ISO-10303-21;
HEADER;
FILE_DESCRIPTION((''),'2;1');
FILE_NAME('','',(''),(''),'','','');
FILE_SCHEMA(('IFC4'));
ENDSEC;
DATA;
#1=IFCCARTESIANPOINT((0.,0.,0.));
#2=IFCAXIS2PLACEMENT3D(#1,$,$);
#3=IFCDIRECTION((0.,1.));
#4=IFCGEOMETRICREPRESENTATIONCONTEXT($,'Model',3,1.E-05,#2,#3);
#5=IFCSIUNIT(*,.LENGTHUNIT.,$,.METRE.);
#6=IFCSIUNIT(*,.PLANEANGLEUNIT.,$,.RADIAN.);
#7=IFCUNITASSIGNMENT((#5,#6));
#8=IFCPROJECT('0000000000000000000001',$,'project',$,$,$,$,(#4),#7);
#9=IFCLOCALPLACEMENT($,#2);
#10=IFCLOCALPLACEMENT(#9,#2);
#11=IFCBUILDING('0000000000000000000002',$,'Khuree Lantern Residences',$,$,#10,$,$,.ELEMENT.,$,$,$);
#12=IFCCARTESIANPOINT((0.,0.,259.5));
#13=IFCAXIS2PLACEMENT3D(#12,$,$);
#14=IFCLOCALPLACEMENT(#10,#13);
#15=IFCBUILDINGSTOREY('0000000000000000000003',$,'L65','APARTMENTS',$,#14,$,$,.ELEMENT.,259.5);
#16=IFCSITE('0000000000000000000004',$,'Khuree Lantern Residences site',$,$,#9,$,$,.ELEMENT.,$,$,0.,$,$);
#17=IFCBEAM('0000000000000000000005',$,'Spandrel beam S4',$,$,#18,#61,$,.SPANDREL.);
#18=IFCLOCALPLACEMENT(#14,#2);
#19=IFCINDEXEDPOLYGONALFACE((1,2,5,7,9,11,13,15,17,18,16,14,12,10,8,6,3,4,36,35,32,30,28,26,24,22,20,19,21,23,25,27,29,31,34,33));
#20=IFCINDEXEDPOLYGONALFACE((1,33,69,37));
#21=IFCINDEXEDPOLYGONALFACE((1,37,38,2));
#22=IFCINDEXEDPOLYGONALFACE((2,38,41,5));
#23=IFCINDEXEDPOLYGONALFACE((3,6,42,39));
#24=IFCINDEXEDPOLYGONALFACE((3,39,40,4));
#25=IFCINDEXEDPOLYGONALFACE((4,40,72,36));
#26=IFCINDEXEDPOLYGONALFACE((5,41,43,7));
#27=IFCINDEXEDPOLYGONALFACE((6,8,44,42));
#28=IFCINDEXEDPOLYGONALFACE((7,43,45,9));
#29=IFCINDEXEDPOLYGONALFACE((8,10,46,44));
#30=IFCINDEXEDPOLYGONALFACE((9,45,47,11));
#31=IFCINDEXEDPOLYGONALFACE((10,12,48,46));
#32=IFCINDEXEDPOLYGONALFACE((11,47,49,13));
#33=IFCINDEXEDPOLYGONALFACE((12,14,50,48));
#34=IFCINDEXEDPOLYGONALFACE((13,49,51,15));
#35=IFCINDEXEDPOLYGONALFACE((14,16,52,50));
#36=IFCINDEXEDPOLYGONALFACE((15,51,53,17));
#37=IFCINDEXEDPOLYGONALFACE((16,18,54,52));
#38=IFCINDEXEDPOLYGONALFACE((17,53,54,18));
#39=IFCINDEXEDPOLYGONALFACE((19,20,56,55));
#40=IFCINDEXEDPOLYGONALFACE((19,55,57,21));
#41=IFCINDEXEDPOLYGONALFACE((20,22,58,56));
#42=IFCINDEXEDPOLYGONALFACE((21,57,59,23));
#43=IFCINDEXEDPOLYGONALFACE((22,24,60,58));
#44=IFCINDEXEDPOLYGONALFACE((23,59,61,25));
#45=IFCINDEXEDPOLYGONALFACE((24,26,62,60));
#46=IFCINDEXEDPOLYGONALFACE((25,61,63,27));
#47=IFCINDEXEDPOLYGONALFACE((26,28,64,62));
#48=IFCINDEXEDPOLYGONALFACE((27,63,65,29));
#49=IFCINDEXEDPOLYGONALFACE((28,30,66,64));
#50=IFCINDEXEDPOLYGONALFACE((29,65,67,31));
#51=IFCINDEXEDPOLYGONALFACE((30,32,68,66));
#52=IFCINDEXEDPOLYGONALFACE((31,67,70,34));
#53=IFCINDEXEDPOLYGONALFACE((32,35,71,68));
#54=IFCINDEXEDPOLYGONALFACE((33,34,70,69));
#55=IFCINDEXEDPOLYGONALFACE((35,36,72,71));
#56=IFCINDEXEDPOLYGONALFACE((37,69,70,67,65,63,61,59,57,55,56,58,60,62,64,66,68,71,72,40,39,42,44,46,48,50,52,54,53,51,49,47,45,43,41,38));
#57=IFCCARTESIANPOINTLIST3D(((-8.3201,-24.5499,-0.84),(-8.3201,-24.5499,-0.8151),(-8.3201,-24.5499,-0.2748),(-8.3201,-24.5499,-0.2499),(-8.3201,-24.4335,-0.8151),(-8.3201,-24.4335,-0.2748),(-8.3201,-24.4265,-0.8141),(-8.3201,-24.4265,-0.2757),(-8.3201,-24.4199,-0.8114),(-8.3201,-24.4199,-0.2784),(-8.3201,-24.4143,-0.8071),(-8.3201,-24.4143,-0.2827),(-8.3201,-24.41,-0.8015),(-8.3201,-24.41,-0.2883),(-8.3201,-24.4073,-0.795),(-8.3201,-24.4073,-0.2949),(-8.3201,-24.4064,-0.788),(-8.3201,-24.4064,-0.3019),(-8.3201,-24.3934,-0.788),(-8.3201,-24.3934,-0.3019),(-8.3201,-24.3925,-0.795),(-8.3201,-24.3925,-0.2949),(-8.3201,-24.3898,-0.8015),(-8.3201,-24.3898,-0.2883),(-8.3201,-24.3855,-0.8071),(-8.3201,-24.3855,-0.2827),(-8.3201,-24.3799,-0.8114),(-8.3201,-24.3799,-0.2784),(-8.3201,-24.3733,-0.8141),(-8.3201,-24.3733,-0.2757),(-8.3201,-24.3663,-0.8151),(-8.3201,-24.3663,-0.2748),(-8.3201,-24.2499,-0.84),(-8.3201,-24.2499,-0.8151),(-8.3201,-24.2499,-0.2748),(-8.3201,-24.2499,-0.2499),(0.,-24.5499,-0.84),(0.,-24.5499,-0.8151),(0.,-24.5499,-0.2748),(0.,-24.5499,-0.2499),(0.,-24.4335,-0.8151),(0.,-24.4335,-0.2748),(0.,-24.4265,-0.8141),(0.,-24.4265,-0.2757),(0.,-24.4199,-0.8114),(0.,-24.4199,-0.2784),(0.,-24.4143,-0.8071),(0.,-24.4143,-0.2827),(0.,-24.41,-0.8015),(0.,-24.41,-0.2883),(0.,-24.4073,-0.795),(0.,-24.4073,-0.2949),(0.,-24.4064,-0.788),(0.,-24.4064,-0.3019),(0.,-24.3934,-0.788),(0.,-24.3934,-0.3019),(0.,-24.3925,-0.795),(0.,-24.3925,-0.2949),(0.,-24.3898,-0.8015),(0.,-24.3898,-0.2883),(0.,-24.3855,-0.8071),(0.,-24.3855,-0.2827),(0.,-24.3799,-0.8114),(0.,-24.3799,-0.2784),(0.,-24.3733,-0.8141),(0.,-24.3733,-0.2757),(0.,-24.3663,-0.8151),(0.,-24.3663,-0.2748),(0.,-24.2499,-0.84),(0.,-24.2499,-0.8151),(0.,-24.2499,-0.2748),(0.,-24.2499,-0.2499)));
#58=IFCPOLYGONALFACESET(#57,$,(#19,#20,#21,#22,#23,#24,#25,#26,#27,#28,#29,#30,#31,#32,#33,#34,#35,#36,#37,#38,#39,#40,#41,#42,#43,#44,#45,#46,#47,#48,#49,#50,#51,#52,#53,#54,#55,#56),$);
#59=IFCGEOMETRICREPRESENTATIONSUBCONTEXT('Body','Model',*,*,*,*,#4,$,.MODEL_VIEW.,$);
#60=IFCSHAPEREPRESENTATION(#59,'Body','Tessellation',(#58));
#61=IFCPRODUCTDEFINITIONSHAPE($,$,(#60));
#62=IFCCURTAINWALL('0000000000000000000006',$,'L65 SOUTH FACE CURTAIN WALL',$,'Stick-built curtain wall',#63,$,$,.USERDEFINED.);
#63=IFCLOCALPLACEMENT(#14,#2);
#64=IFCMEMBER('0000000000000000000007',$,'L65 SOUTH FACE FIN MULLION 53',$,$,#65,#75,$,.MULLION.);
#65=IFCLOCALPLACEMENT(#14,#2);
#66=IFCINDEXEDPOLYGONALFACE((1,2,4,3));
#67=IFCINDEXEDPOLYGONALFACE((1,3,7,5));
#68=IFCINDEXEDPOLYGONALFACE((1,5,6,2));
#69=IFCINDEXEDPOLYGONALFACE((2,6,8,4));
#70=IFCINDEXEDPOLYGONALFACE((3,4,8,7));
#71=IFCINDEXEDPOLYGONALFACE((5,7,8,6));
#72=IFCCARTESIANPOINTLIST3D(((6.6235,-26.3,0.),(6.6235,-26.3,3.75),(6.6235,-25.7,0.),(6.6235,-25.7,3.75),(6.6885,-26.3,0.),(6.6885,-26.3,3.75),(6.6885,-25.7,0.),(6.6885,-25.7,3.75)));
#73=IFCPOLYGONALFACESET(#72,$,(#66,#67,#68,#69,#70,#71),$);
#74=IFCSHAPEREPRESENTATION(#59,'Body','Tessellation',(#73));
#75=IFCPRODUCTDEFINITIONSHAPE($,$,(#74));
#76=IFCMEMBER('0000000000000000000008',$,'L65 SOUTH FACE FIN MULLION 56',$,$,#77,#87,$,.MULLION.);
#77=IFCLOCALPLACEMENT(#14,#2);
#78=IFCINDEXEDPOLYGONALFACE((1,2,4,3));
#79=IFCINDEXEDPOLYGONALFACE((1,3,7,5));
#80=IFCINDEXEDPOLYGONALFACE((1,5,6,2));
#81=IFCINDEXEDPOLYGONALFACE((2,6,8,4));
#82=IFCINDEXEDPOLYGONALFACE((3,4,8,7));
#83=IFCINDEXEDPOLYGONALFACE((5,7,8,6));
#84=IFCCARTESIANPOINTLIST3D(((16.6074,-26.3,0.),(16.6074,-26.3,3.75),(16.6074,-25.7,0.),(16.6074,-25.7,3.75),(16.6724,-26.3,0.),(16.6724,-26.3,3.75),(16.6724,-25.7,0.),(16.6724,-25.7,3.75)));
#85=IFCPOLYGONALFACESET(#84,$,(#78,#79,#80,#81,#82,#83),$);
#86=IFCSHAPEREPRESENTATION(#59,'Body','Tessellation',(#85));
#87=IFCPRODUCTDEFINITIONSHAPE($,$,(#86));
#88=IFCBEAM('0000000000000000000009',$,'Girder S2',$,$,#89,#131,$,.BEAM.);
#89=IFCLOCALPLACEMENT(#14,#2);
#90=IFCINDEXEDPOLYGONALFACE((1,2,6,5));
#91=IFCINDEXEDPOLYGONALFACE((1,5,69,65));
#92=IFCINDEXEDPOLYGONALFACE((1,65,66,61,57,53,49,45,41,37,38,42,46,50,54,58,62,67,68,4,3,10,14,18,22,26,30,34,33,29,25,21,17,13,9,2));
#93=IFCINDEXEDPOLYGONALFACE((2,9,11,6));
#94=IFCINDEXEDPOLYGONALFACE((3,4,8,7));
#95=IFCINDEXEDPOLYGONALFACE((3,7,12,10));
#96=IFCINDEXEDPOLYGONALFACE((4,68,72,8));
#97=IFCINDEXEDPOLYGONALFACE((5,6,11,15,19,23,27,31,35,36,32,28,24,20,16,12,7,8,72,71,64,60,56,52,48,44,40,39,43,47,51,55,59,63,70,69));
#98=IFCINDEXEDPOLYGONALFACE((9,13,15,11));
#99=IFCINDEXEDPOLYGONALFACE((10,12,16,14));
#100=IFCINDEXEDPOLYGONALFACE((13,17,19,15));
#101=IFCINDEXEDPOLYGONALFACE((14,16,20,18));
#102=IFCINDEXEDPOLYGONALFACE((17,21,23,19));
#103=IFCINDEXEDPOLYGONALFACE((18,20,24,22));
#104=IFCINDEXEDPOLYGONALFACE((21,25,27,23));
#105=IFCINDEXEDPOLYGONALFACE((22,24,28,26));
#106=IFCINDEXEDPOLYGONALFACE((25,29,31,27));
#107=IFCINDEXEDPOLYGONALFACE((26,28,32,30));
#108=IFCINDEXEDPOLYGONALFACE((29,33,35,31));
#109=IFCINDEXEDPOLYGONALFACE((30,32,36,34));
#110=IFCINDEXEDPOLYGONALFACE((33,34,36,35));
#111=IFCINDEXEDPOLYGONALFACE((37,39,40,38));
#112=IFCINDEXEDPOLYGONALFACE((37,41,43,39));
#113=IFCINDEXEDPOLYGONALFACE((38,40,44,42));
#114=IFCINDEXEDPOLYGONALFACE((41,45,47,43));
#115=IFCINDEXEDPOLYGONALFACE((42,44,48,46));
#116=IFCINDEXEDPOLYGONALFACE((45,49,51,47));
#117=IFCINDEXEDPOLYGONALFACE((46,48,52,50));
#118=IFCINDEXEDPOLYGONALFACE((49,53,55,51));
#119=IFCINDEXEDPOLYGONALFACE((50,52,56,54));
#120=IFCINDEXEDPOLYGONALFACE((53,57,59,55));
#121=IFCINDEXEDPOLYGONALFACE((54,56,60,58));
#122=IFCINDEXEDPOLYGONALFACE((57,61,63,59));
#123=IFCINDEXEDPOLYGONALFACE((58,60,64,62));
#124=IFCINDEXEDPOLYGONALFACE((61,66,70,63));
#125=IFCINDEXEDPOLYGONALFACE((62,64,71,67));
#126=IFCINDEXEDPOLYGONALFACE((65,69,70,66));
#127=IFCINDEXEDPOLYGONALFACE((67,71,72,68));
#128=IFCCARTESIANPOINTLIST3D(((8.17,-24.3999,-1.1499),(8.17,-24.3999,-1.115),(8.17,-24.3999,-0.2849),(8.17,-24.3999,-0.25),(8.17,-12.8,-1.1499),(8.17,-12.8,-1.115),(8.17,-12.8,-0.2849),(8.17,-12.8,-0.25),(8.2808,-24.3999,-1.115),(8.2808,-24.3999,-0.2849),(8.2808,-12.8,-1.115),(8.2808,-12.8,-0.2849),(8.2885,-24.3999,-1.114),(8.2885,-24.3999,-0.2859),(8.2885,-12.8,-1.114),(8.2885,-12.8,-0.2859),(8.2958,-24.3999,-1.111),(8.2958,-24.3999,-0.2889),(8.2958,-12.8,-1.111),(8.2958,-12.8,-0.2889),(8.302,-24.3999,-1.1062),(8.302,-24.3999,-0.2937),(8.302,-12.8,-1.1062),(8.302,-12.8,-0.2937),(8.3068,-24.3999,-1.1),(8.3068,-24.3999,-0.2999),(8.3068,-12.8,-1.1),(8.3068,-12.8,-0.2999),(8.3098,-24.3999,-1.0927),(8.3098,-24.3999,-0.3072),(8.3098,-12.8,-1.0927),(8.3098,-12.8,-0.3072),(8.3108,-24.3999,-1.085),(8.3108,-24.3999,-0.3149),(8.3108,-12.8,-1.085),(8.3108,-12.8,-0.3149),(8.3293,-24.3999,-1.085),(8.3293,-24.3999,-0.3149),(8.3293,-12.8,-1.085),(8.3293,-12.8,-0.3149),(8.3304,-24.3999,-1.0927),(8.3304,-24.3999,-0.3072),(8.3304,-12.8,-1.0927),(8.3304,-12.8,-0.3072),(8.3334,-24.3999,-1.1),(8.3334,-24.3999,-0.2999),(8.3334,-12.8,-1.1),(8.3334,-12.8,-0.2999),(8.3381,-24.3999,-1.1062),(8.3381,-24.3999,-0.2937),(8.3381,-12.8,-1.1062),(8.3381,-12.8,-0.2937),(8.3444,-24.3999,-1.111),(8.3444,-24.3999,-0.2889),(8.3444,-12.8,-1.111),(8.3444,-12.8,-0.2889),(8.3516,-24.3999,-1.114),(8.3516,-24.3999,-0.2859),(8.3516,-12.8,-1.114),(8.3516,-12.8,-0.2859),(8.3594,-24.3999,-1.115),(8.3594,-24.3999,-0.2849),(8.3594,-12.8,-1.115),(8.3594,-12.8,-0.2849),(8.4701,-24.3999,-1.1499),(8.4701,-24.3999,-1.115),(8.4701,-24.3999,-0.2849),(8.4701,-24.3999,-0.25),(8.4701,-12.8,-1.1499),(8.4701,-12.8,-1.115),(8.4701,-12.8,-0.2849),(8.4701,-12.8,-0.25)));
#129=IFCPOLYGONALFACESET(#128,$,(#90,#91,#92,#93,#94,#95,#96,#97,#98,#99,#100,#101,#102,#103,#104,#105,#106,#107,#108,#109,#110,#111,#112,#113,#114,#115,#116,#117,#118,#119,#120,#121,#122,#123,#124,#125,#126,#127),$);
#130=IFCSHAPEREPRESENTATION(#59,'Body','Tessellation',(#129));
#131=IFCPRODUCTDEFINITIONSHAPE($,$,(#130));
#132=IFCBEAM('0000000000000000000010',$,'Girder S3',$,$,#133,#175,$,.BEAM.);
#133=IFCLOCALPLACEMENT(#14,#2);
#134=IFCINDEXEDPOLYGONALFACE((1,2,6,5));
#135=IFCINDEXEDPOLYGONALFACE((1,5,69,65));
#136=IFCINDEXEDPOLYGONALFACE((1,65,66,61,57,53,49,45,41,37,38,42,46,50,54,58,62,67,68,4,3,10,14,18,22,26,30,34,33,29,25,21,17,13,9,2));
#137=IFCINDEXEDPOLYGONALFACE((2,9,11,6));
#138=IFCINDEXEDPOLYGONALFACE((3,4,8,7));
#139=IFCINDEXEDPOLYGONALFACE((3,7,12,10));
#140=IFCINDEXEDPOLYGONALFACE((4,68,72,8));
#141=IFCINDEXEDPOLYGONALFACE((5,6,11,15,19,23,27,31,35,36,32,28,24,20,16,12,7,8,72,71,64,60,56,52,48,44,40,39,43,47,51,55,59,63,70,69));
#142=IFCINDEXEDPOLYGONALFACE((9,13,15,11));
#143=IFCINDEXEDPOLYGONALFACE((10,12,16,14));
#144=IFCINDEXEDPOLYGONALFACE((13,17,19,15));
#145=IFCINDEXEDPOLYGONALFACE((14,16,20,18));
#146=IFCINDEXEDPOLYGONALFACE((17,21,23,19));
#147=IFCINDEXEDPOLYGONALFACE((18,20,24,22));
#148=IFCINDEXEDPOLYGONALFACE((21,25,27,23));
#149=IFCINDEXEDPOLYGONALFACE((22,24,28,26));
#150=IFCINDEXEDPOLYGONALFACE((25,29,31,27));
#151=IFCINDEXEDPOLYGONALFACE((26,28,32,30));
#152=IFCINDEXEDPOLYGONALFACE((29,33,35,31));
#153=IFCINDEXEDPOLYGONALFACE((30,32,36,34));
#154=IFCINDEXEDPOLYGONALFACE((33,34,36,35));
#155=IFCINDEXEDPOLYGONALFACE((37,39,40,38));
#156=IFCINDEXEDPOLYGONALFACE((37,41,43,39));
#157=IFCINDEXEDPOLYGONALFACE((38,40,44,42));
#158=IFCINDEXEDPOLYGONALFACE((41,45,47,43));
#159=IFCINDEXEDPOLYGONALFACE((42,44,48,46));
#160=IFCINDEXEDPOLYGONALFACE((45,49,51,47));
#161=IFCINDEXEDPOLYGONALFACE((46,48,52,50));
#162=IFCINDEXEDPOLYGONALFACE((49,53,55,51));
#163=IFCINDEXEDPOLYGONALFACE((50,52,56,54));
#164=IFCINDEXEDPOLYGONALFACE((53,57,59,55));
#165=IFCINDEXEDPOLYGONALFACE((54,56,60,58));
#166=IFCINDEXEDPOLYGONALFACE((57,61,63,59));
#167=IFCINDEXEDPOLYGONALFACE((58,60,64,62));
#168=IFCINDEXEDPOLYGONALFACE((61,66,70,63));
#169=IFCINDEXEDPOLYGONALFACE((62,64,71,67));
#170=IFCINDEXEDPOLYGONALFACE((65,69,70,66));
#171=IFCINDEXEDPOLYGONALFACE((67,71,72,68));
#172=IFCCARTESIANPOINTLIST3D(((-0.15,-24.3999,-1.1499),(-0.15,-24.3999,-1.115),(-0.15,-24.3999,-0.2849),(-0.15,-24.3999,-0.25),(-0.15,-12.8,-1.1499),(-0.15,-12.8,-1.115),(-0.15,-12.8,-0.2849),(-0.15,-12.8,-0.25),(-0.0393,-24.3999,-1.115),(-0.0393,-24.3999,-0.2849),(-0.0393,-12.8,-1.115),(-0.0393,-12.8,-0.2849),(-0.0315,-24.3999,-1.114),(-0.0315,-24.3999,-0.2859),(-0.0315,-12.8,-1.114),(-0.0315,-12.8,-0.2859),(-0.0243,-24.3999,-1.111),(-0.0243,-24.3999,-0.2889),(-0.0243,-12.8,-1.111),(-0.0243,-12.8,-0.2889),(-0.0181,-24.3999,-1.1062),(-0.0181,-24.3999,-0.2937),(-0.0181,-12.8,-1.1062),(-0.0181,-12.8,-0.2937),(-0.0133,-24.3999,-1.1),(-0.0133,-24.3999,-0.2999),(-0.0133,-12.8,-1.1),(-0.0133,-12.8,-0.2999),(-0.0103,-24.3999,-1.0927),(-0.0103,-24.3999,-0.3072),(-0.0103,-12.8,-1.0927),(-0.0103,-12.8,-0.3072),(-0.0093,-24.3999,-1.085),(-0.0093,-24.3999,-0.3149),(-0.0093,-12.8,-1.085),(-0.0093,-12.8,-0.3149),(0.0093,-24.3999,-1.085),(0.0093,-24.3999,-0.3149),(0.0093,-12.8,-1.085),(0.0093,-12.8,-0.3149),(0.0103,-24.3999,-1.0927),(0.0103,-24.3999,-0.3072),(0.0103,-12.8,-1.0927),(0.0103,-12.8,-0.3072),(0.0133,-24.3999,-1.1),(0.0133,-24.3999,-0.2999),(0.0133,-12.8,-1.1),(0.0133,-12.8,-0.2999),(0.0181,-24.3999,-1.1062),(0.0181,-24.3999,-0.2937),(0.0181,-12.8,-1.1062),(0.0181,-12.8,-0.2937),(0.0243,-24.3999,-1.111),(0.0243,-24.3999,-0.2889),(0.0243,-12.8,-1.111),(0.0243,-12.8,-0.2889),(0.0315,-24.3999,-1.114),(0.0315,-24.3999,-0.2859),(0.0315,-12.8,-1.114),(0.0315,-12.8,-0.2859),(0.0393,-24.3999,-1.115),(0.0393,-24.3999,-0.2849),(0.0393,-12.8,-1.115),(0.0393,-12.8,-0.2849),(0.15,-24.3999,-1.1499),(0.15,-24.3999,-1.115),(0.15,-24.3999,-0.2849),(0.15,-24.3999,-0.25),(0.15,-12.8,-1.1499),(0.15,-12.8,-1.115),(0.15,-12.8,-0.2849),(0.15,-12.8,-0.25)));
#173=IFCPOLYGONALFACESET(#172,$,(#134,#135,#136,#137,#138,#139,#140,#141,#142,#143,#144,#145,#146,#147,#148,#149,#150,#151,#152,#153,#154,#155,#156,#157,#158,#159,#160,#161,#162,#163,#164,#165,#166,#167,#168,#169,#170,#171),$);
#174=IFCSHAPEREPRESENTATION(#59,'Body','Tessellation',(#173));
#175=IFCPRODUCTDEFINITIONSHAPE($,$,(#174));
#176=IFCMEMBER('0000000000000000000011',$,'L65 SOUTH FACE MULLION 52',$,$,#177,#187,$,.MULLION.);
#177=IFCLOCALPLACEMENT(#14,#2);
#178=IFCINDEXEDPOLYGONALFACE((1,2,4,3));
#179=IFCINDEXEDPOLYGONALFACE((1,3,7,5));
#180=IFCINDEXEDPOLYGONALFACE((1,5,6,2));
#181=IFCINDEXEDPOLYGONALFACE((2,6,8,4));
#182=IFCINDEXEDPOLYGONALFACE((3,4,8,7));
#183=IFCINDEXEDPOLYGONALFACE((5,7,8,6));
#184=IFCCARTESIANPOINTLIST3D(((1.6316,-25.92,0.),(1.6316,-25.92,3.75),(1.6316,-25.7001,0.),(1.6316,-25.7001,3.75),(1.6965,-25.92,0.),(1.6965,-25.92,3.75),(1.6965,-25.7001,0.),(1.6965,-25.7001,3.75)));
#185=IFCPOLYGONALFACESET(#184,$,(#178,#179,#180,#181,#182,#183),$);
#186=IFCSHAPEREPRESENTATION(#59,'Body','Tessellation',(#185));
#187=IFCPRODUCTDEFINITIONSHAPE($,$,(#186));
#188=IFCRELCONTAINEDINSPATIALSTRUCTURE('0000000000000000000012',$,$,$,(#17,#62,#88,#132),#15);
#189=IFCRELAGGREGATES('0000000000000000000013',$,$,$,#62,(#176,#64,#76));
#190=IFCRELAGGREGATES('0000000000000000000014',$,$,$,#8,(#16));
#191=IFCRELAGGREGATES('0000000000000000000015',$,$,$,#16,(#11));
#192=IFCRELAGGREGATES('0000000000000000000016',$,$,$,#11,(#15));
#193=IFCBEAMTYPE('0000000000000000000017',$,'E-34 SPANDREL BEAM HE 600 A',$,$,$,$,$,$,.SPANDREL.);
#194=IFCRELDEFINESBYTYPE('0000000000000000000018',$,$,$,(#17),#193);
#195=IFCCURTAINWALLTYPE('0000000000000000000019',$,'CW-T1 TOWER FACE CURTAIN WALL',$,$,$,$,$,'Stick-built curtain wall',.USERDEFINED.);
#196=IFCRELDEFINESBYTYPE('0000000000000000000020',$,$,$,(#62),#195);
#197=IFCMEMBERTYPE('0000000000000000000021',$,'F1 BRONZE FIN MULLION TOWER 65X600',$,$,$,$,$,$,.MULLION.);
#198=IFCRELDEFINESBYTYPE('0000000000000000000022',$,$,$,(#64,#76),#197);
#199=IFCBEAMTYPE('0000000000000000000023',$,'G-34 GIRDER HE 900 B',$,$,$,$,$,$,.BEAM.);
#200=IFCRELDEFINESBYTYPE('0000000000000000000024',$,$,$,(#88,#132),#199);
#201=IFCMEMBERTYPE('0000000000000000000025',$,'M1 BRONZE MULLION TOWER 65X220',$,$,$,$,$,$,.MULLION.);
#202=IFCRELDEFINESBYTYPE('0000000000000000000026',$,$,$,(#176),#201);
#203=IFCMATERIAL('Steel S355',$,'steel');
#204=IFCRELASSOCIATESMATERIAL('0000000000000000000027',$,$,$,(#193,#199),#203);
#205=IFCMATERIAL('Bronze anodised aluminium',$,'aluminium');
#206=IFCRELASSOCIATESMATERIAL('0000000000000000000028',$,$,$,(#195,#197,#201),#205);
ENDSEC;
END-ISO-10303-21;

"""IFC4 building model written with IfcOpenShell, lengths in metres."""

from ifc_helpers import new_model, si_unit, direction, frame, origin, origin_2d, place, context, subcontext, project, spatial, rectangle, i_section, extrude, material, material_profile, profile_set, type_object, element, aggregate, save


model = new_model("IFC4")

# Units and contexts
model_context = context("Model", 3, precision=1e-05, world=origin(), true_north=direction((0.0, 1.0)))
body_context = subcontext(model_context, "Body", "Model", "MODEL_VIEW")
ifc_project = project(units=[si_unit("LENGTHUNIT", "METRE"), si_unit("PLANEANGLEUNIT", "RADIAN")], contexts=[model_context])

# Site, building, storey
site_placement = place(None, origin())
site = spatial("IfcSite", under=ifc_project, at=site_placement, Name="Khuree Lantern Residences site", CompositionType="ELEMENT", RefElevation=0.0)
building_placement = place(site_placement, origin())
building = spatial("IfcBuilding", under=site, at=building_placement, Name="Khuree Lantern Residences", CompositionType="ELEMENT")
storey_placement = place(building_placement, frame((0.0, 0.0, 259.5)))
storey = spatial("IfcBuildingStorey", under=building, at=storey_placement, Name="L65", Description="APARTMENTS", CompositionType="ELEMENT", Elevation=259.5)

# Beam
ifc_material_1 = material(Name="Steel S355", Category="steel")
ifc_material_profile_1 = material_profile(ifc_material_1, i_section(OverallWidth=0.3, OverallDepth=0.5901, WebThickness=0.0129, FlangeThickness=0.0249, FilletRadius=0.0271, at=origin_2d()), Name="HE 600 A")
ifc_profile_set_1 = profile_set([ifc_material_profile_1], Name="Steel S355")
beam_type_1 = type_object("IfcBeamType", Name="E-34 SPANDREL BEAM HE 600 A", PredefinedType="SPANDREL", material=ifc_profile_set_1)
for number, where, z_axis, x_axis, name in (
    (1, (0.0, -24.3999, -0.5449), (-1.0, 0.0, 0.0), (0.0, -1.0, 0.0), "Spandrel beam S4"),
):
    element("IfcBeam", number, at=place(storey_placement, frame(where, z_axis=z_axis, x_axis=x_axis)), inside=storey, type_object=beam_type_1, Name=name, PredefinedType="SPANDREL", context=body_context, shape_type="SweptSolid", body=[
        extrude(i_section(OverallWidth=0.3, OverallDepth=0.5901, WebThickness=0.0129, FlangeThickness=0.0249, FilletRadius=0.0271, at=origin_2d()), origin(), (0.0, 0.0, 1.0), 8.3201),
    ])

# Curtain wall, members
ifc_material_2 = material(Name="Bronze anodised aluminium", Category="aluminium")
curtain_wall_type = type_object("IfcCurtainWallType", Name="CW-T1 TOWER FACE CURTAIN WALL", ElementType="Stick-built curtain wall", PredefinedType="USERDEFINED", material=ifc_material_2)
curtain_wall_placement = place(storey_placement, origin())
curtain_wall = element("IfcCurtainWall", 2, at=curtain_wall_placement, inside=storey, type_object=curtain_wall_type, Name="L65 SOUTH FACE CURTAIN WALL", ObjectType="Stick-built curtain wall", PredefinedType="USERDEFINED")
ifc_material_profile_2 = material_profile(ifc_material_2, rectangle(XDim=0.0649, YDim=0.6001, at=origin_2d()), Name="F1 65X600")
ifc_profile_set_2 = profile_set([ifc_material_profile_2], Name="Bronze anodised aluminium")
member_type_1 = type_object("IfcMemberType", Name="F1 BRONZE FIN MULLION TOWER 65X600", PredefinedType="MULLION", material=ifc_profile_set_2)
member_1_placement = place(storey_placement, frame((6.656, -26.0, 0.0), z_axis=(0.0, 0.0, 1.0), x_axis=(1.0, 0.0, 0.0)))
member_1 = element("IfcMember", 3, at=member_1_placement, type_object=member_type_1, Name="L65 SOUTH FACE FIN MULLION 53", PredefinedType="MULLION", context=body_context, shape_type="SweptSolid", body=[
    extrude(rectangle(XDim=0.0649, YDim=0.6001, at=origin_2d()), origin(), (0.0, 0.0, 1.0), 3.75),
])
member_2_placement = place(storey_placement, frame((16.6399, -26.0, 0.0), z_axis=(0.0, 0.0, 1.0), x_axis=(1.0, 0.0, 0.0)))
member_2 = element("IfcMember", 4, at=member_2_placement, type_object=member_type_1, Name="L65 SOUTH FACE FIN MULLION 56", PredefinedType="MULLION", context=body_context, shape_type="SweptSolid", body=[
    extrude(rectangle(XDim=0.0649, YDim=0.6001, at=origin_2d()), origin(), (0.0, 0.0, 1.0), 3.75),
])

# Beams
ifc_material_profile_3 = material_profile(ifc_material_1, i_section(OverallWidth=0.3, OverallDepth=0.8999, WebThickness=0.0186, FlangeThickness=0.0349, FilletRadius=0.03, at=origin_2d()), Name="HE 900 B")
ifc_profile_set_3 = profile_set([ifc_material_profile_3], Name="Steel S355")
beam_type_2 = type_object("IfcBeamType", Name="G-34 GIRDER HE 900 B", PredefinedType="BEAM", material=ifc_profile_set_3)
for number, where, z_axis, x_axis, name in (
    (5, (8.3201, -24.3999, -0.7), (0.0, 1.0, 0.0), (-1.0, 0.0, 0.0), "Girder S2"),
    (6, (0.0, -24.3999, -0.7), (0.0, 1.0, 0.0), (-1.0, 0.0, 0.0), "Girder S3"),
):
    element("IfcBeam", number, at=place(storey_placement, frame(where, z_axis=z_axis, x_axis=x_axis)), inside=storey, type_object=beam_type_2, Name=name, PredefinedType="BEAM", context=body_context, shape_type="SweptSolid", body=[
        extrude(i_section(OverallWidth=0.3, OverallDepth=0.8999, WebThickness=0.0186, FlangeThickness=0.0349, FilletRadius=0.03, at=origin_2d()), origin(), (0.0, 0.0, 1.0), 11.5999),
    ])

# Member
ifc_material_profile_4 = material_profile(ifc_material_2, rectangle(XDim=0.0649, YDim=0.22, at=origin_2d()), Name="M1 65X220")
ifc_profile_set_4 = profile_set([ifc_material_profile_4], Name="Bronze anodised aluminium")
member_type_2 = type_object("IfcMemberType", Name="M1 BRONZE MULLION TOWER 65X220", PredefinedType="MULLION", material=ifc_profile_set_4)
member_3_placement = place(storey_placement, frame((1.6641, -25.8101, 0.0), z_axis=(0.0, 0.0, 1.0), x_axis=(1.0, 0.0, 0.0)))
member_3 = element("IfcMember", 7, at=member_3_placement, type_object=member_type_2, Name="L65 SOUTH FACE MULLION 52", PredefinedType="MULLION", context=body_context, shape_type="SweptSolid", body=[
    extrude(rectangle(XDim=0.0649, YDim=0.22, at=origin_2d()), origin(), (0.0, 0.0, 1.0), 3.75),
])

aggregate(curtain_wall, [member_3, member_1, member_2])

save(model, "model.ifc")
